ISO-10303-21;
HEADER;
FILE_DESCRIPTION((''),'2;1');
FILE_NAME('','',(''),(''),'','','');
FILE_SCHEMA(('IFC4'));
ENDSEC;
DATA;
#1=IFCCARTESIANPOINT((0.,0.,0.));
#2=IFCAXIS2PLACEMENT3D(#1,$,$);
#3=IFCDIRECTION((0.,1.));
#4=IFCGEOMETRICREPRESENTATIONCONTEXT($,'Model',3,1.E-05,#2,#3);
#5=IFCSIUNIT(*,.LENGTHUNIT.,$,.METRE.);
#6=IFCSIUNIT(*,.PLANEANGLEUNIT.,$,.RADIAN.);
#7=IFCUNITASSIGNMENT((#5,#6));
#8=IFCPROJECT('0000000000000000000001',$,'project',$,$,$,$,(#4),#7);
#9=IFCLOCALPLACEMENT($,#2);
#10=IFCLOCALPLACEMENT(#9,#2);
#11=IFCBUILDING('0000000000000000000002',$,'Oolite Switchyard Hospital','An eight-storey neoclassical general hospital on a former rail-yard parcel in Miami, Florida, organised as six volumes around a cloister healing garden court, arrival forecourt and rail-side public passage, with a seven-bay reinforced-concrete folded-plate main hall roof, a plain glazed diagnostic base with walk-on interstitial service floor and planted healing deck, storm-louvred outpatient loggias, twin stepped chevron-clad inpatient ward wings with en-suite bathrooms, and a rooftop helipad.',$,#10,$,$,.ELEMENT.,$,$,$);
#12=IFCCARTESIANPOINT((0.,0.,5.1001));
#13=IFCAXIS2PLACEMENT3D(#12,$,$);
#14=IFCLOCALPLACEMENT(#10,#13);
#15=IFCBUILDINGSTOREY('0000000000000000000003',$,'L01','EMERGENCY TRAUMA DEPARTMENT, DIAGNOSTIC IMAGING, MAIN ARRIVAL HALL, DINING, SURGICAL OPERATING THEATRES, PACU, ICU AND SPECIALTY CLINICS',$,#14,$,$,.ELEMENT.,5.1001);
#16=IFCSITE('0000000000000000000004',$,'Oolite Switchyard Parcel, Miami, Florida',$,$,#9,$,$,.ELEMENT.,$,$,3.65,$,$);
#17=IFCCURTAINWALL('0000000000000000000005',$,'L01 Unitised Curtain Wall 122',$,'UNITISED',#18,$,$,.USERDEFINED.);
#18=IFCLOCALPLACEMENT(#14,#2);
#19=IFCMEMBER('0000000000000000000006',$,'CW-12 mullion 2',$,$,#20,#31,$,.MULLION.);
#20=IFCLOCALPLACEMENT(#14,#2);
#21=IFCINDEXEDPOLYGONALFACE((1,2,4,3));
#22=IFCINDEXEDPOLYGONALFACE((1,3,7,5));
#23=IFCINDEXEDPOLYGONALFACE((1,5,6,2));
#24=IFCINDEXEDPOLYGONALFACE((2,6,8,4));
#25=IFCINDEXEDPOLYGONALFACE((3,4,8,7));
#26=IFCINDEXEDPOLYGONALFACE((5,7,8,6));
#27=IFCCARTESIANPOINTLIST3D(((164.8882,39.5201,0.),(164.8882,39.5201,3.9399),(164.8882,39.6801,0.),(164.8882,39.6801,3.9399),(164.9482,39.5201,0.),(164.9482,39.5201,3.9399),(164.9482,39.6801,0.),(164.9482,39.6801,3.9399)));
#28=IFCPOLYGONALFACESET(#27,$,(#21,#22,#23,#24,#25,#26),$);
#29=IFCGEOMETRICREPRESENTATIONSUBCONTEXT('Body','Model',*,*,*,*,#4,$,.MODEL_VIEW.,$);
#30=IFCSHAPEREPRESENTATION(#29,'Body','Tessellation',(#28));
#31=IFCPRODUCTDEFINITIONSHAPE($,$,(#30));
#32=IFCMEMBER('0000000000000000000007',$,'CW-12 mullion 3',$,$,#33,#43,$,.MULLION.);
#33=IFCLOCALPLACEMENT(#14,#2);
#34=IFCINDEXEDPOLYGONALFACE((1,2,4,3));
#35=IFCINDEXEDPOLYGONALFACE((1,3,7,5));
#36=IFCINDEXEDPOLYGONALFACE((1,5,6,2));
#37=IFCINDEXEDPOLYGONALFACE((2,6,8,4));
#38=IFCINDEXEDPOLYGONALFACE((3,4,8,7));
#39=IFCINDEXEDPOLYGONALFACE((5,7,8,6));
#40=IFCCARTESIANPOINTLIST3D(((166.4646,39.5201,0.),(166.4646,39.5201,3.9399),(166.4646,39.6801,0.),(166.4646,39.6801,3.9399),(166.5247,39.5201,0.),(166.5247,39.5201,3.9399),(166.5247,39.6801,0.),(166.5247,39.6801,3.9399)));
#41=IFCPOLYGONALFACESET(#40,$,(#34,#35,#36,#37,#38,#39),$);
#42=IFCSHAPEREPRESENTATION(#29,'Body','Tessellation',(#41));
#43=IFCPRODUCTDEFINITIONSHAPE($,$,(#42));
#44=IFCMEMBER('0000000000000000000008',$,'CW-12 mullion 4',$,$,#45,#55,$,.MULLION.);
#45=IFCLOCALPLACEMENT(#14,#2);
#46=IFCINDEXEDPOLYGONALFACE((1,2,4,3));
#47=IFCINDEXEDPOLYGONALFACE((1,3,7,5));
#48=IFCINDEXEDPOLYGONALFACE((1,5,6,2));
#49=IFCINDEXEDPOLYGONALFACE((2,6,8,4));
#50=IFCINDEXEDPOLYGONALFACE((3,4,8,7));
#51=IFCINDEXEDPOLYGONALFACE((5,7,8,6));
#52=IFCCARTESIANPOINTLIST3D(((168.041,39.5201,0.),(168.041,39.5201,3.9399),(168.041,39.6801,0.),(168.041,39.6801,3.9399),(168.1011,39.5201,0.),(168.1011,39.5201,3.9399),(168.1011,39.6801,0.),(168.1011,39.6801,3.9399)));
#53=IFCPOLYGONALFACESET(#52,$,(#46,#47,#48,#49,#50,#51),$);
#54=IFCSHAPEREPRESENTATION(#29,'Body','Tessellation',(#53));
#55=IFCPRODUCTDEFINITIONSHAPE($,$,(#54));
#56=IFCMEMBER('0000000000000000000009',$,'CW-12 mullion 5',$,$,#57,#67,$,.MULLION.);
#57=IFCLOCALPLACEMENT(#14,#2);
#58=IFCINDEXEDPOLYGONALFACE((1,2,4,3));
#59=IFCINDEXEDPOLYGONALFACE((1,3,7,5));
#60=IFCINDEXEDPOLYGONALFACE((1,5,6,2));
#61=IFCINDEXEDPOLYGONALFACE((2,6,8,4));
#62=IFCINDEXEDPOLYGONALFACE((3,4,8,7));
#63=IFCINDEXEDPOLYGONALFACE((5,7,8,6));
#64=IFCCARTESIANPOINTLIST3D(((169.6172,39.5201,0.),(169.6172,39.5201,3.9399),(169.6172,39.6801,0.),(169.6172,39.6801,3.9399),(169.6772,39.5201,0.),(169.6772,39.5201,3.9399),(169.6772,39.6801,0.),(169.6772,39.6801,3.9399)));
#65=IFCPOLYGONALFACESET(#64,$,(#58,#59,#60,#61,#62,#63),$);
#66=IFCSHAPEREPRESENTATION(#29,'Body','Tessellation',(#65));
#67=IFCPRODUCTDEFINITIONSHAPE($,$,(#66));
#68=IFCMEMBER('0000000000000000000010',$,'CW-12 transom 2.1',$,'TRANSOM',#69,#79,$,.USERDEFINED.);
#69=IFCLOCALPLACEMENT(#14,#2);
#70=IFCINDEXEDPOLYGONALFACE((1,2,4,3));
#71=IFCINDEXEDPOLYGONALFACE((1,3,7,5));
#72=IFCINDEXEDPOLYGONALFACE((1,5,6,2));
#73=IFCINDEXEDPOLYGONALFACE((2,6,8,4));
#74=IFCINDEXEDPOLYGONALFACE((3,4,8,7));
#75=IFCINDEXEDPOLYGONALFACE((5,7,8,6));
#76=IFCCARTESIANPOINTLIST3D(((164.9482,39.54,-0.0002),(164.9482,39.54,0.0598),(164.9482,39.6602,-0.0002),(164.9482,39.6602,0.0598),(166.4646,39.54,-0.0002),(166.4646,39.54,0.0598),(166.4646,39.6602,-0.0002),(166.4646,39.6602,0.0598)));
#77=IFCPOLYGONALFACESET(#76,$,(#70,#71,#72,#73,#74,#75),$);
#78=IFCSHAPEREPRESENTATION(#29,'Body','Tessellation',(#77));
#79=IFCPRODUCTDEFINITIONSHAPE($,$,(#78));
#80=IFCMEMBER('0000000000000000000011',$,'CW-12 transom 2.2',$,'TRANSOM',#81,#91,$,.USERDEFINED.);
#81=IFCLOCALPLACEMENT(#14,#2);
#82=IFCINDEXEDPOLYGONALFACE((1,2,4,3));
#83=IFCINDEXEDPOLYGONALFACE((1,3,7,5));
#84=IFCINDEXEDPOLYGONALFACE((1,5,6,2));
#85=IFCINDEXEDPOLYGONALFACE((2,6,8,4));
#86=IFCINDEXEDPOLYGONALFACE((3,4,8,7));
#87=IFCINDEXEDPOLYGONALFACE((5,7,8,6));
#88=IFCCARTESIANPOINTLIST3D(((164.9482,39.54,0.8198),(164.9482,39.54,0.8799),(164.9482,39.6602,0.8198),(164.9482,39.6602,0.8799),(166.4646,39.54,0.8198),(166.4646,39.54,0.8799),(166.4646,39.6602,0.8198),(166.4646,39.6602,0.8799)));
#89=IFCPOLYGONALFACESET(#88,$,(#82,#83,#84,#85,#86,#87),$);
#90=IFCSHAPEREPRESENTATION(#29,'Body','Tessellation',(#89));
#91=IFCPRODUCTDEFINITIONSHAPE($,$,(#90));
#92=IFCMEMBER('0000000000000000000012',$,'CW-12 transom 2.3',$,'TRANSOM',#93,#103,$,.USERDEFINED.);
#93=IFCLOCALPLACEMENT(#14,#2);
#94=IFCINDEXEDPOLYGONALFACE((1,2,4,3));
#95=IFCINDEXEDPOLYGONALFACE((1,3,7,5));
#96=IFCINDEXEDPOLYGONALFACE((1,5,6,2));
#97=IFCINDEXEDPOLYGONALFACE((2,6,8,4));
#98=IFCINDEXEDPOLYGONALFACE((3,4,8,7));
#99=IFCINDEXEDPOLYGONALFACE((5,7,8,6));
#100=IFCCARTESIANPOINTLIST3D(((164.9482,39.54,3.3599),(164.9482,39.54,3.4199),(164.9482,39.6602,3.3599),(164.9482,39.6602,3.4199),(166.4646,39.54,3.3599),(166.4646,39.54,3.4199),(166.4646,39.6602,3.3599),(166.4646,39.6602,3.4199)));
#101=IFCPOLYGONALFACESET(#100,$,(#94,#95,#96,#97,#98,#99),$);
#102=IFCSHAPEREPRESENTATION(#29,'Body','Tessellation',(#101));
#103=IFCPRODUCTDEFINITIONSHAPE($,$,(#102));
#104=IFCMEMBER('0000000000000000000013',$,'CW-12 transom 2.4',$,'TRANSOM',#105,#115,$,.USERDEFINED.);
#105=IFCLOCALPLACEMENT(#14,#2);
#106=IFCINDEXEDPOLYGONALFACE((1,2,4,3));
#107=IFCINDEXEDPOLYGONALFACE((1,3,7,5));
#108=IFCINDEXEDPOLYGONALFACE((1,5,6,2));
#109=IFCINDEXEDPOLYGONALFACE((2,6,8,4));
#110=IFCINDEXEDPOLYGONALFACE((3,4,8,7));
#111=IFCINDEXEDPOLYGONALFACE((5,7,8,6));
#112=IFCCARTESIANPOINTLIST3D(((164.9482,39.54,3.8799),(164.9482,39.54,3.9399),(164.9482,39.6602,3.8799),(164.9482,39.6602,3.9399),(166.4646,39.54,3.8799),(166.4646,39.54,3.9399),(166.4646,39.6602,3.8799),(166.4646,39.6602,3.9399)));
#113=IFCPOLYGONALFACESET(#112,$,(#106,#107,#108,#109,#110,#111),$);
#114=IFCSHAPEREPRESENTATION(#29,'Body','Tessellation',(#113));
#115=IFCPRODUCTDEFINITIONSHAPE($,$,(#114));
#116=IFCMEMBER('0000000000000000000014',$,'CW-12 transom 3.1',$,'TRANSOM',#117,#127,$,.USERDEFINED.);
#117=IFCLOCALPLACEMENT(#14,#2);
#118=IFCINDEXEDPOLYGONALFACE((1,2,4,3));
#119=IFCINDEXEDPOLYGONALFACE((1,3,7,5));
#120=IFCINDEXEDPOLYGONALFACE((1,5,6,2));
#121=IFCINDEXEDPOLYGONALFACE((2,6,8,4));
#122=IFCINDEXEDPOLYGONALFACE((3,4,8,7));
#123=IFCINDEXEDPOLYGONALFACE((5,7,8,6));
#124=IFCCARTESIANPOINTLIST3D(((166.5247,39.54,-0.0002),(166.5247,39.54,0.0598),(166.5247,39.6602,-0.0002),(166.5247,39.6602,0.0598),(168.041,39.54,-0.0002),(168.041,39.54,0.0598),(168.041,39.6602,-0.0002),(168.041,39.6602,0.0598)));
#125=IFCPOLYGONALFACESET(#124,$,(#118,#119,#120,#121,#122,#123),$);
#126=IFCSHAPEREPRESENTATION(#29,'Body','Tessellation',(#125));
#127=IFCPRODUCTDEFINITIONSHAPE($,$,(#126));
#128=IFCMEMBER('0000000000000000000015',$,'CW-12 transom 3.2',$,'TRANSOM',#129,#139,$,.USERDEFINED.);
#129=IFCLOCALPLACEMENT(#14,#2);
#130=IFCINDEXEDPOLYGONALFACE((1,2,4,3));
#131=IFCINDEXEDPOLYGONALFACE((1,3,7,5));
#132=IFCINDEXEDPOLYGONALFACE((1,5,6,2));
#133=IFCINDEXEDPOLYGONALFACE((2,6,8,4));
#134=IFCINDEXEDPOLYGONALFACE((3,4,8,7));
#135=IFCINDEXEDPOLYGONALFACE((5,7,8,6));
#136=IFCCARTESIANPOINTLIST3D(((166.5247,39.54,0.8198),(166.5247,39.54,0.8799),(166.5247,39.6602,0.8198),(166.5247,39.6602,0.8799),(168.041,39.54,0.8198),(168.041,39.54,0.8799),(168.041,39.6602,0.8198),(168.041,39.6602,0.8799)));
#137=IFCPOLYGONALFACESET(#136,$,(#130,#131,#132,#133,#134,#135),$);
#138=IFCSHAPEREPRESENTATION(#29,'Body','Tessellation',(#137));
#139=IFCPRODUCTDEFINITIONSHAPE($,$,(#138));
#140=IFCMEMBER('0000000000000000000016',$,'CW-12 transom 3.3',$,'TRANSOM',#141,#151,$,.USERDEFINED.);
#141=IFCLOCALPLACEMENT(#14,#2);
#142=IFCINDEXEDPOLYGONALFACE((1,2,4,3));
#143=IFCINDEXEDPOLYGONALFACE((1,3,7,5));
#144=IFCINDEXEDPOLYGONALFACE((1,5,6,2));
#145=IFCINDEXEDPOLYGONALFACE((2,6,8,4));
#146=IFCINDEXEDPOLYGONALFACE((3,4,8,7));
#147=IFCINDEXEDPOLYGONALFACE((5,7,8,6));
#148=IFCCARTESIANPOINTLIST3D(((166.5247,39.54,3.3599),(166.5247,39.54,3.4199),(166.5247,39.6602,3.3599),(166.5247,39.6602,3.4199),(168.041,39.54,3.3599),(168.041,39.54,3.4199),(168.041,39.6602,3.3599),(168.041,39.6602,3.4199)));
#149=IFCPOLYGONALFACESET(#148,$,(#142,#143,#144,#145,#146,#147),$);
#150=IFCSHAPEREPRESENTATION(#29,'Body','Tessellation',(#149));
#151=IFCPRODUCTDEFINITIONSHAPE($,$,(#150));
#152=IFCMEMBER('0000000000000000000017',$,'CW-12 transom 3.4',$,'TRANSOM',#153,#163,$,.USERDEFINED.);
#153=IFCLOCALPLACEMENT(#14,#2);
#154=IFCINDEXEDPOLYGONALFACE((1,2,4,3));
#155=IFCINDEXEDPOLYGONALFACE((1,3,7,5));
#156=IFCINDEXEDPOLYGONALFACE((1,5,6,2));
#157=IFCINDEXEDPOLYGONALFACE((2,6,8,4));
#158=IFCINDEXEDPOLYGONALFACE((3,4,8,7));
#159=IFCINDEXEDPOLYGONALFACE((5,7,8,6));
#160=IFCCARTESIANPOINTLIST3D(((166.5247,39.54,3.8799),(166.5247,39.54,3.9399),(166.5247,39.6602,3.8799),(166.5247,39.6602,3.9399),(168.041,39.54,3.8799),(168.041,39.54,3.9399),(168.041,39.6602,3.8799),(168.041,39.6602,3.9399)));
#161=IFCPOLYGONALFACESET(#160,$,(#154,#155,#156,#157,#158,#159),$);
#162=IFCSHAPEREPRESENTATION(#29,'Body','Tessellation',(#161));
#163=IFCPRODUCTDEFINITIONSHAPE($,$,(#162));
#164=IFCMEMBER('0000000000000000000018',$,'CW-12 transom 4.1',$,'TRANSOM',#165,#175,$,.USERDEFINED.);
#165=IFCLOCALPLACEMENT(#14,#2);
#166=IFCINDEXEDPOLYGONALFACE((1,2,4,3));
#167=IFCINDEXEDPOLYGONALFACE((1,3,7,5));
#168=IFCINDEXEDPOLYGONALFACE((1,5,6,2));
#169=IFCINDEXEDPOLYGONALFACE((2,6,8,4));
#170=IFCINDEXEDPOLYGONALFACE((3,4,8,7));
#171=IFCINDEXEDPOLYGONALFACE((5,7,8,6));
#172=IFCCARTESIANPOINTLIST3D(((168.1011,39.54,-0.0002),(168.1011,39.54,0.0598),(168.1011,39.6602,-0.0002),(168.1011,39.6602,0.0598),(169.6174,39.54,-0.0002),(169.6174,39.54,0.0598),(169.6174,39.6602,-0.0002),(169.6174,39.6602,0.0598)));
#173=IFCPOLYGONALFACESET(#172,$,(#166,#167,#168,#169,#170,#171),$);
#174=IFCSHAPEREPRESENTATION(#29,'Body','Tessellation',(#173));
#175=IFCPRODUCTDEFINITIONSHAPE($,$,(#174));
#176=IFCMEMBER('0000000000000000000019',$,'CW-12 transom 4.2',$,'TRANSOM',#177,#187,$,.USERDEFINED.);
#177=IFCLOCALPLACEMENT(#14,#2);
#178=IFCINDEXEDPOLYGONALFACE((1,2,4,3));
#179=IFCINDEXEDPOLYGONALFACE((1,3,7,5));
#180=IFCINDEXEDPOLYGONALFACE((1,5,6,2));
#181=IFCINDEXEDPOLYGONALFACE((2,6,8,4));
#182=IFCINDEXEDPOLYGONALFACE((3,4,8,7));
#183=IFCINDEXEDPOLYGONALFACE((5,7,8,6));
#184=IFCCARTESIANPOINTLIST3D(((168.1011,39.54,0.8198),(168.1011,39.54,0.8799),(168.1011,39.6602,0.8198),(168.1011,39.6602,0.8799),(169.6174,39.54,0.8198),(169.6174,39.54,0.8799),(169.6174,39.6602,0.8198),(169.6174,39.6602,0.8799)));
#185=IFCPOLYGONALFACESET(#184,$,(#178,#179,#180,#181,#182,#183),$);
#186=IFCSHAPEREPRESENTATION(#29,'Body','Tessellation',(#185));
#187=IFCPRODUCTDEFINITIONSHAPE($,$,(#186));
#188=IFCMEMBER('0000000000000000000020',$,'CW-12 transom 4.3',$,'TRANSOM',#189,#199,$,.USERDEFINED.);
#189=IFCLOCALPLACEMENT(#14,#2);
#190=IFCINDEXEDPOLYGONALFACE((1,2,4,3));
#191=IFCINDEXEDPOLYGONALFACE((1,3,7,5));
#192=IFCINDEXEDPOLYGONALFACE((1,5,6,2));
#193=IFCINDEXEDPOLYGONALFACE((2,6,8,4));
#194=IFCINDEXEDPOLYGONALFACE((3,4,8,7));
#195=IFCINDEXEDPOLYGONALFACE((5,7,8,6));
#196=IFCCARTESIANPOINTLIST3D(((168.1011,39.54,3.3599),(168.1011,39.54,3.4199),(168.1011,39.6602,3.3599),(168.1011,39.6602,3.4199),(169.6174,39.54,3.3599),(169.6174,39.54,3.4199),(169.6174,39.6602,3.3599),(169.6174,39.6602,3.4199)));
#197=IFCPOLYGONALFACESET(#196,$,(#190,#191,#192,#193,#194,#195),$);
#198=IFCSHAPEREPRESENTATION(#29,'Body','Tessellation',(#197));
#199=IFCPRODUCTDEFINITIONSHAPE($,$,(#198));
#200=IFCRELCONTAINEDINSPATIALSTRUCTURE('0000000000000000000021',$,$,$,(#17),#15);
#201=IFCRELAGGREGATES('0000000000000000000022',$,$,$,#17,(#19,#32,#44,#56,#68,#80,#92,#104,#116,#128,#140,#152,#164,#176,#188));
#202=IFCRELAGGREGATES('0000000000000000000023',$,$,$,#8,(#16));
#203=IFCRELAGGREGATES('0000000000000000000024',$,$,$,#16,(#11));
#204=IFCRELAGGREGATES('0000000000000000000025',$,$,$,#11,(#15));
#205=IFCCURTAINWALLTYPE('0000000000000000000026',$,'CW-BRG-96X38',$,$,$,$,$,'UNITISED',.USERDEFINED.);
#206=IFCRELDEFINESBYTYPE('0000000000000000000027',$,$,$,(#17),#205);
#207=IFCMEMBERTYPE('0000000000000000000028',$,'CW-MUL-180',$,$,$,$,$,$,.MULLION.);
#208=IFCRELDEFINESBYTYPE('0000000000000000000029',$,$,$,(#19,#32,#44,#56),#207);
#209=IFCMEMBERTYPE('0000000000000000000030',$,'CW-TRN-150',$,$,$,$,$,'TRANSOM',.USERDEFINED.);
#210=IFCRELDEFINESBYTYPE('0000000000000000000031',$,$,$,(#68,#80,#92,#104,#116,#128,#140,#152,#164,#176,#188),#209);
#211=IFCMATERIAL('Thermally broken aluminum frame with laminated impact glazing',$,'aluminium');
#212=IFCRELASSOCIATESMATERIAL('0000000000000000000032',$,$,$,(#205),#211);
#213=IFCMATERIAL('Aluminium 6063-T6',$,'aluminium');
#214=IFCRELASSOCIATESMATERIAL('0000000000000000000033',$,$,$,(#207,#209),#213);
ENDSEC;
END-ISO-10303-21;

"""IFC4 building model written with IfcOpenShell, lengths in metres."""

from ifc_helpers import new_model, si_unit, direction, frame, origin, origin_2d, place, context, subcontext, project, spatial, rectangle, extrude, material, material_profile, profile_set, type_object, element, aggregate, save


model = new_model("IFC4")

# Units and contexts
model_context = context("Model", 3, precision=1e-05, world=origin(), true_north=direction((0.0, 1.0)))
body_context = subcontext(model_context, "Body", "Model", "MODEL_VIEW")
ifc_project = project(units=[si_unit("LENGTHUNIT", "METRE"), si_unit("PLANEANGLEUNIT", "RADIAN")], contexts=[model_context])

# Site, building, storey
site_placement = place(None, origin())
site = spatial("IfcSite", under=ifc_project, at=site_placement, Name="Oolite Switchyard Parcel, Miami, Florida", CompositionType="ELEMENT", RefElevation=3.65)
building_placement = place(site_placement, origin())
building = spatial("IfcBuilding", under=site, at=building_placement, Name="Oolite Switchyard Hospital", Description="An eight-storey neoclassical general hospital on a former rail-yard parcel in Miami, Florida, organised as six volumes around a cloister healing garden court, arrival forecourt and rail-side public passage, with a seven-bay reinforced-concrete folded-plate main hall roof, a plain glazed diagnostic base with walk-on interstitial service floor and planted healing deck, storm-louvred outpatient loggias, twin stepped chevron-clad inpatient ward wings with en-suite bathrooms, and a rooftop helipad.", CompositionType="ELEMENT")
storey_placement = place(building_placement, frame((0.0, 0.0, 5.1001)))
storey = spatial("IfcBuildingStorey", under=building, at=storey_placement, Name="L01", Description="EMERGENCY TRAUMA DEPARTMENT, DIAGNOSTIC IMAGING, MAIN ARRIVAL HALL, DINING, SURGICAL OPERATING THEATRES, PACU, ICU AND SPECIALTY CLINICS", CompositionType="ELEMENT", Elevation=5.1001)

# Curtain wall, members
ifc_material_1 = material(Name="Thermally broken aluminum frame with laminated impact glazing", Category="aluminium")
curtain_wall_type = type_object("IfcCurtainWallType", Name="CW-BRG-96X38", ElementType="UNITISED", PredefinedType="USERDEFINED", material=ifc_material_1)
curtain_wall_placement = place(storey_placement, origin())
curtain_wall = element("IfcCurtainWall", 1, at=curtain_wall_placement, inside=storey, type_object=curtain_wall_type, Name="L01 Unitised Curtain Wall 122", ObjectType="UNITISED", PredefinedType="USERDEFINED")
ifc_material_2 = material(Name="Aluminium 6063-T6", Category="aluminium")
ifc_material_profile_1 = material_profile(ifc_material_2, rectangle(XDim=0.1599, YDim=0.0601, at=origin_2d()), Name="CWM60X160")
ifc_profile_set_1 = profile_set([ifc_material_profile_1], Name="Aluminium 6063-T6")
member_type_1 = type_object("IfcMemberType", Name="CW-MUL-180", PredefinedType="MULLION", material=ifc_profile_set_1)
member_1_placement = place(storey_placement, frame((164.9182, 39.6001, 0.0), z_axis=(0.0, 0.0, 1.0), x_axis=(0.0, 1.0, 0.0)))
member_1 = element("IfcMember", 2, at=member_1_placement, type_object=member_type_1, Name="CW-12 mullion 2", PredefinedType="MULLION", context=body_context, shape_type="SweptSolid", body=[
    extrude(rectangle(XDim=0.1599, YDim=0.0601, at=origin_2d()), origin(), (0.0, 0.0, 1.0), 3.9399),
])
member_2_placement = place(storey_placement, frame((166.4946, 39.6001, 0.0), z_axis=(0.0, 0.0, 1.0), x_axis=(0.0, 1.0, 0.0)))
member_2 = element("IfcMember", 3, at=member_2_placement, type_object=member_type_1, Name="CW-12 mullion 3", PredefinedType="MULLION", context=body_context, shape_type="SweptSolid", body=[
    extrude(rectangle(XDim=0.1599, YDim=0.0601, at=origin_2d()), origin(), (0.0, 0.0, 1.0), 3.9399),
])
member_3_placement = place(storey_placement, frame((168.071, 39.6001, 0.0), z_axis=(0.0, 0.0, 1.0), x_axis=(0.0, 1.0, 0.0)))
member_3 = element("IfcMember", 4, at=member_3_placement, type_object=member_type_1, Name="CW-12 mullion 4", PredefinedType="MULLION", context=body_context, shape_type="SweptSolid", body=[
    extrude(rectangle(XDim=0.1599, YDim=0.0601, at=origin_2d()), origin(), (0.0, 0.0, 1.0), 3.9399),
])
member_4_placement = place(storey_placement, frame((169.6472, 39.6001, 0.0), z_axis=(0.0, 0.0, 1.0), x_axis=(0.0, 1.0, 0.0)))
member_4 = element("IfcMember", 5, at=member_4_placement, type_object=member_type_1, Name="CW-12 mullion 5", PredefinedType="MULLION", context=body_context, shape_type="SweptSolid", body=[
    extrude(rectangle(XDim=0.1599, YDim=0.0601, at=origin_2d()), origin(), (0.0, 0.0, 1.0), 3.9399),
])
ifc_material_profile_2 = material_profile(ifc_material_2, rectangle(XDim=0.1201, YDim=0.0601, at=origin_2d()), Name="CWT60X120")
ifc_profile_set_2 = profile_set([ifc_material_profile_2], Name="Aluminium 6063-T6")
member_type_2 = type_object("IfcMemberType", Name="CW-TRN-150", ElementType="TRANSOM", PredefinedType="USERDEFINED", material=ifc_profile_set_2)
member_5_placement = place(storey_placement, frame((164.9482, 39.6001, 0.0298), z_axis=(1.0, 0.0, 0.0), x_axis=(0.0, 1.0, 0.0)))
member_5 = element("IfcMember", 6, at=member_5_placement, type_object=member_type_2, Name="CW-12 transom 2.1", ObjectType="TRANSOM", PredefinedType="USERDEFINED", context=body_context, shape_type="SweptSolid", body=[
    extrude(rectangle(XDim=0.1201, YDim=0.0601, at=origin_2d()), origin(), (0.0, 0.0, 1.0), 1.5164),
])
member_6_placement = place(storey_placement, frame((164.9482, 39.6001, 0.8499), z_axis=(1.0, 0.0, 0.0), x_axis=(0.0, 1.0, 0.0)))
member_6 = element("IfcMember", 7, at=member_6_placement, type_object=member_type_2, Name="CW-12 transom 2.2", ObjectType="TRANSOM", PredefinedType="USERDEFINED", context=body_context, shape_type="SweptSolid", body=[
    extrude(rectangle(XDim=0.1201, YDim=0.0601, at=origin_2d()), origin(), (0.0, 0.0, 1.0), 1.5164),
])
member_7_placement = place(storey_placement, frame((164.9482, 39.6001, 3.3899), z_axis=(1.0, 0.0, 0.0), x_axis=(0.0, 1.0, 0.0)))
member_7 = element("IfcMember", 8, at=member_7_placement, type_object=member_type_2, Name="CW-12 transom 2.3", ObjectType="TRANSOM", PredefinedType="USERDEFINED", context=body_context, shape_type="SweptSolid", body=[
    extrude(rectangle(XDim=0.1201, YDim=0.0601, at=origin_2d()), origin(), (0.0, 0.0, 1.0), 1.5164),
])
member_8_placement = place(storey_placement, frame((164.9482, 39.6001, 3.9099), z_axis=(1.0, 0.0, 0.0), x_axis=(0.0, 1.0, 0.0)))
member_8 = element("IfcMember", 9, at=member_8_placement, type_object=member_type_2, Name="CW-12 transom 2.4", ObjectType="TRANSOM", PredefinedType="USERDEFINED", context=body_context, shape_type="SweptSolid", body=[
    extrude(rectangle(XDim=0.1201, YDim=0.0601, at=origin_2d()), origin(), (0.0, 0.0, 1.0), 1.5164),
])
member_9_placement = place(storey_placement, frame((166.5247, 39.6001, 0.0298), z_axis=(1.0, 0.0, 0.0), x_axis=(0.0, 1.0, 0.0)))
member_9 = element("IfcMember", 10, at=member_9_placement, type_object=member_type_2, Name="CW-12 transom 3.1", ObjectType="TRANSOM", PredefinedType="USERDEFINED", context=body_context, shape_type="SweptSolid", body=[
    extrude(rectangle(XDim=0.1201, YDim=0.0601, at=origin_2d()), origin(), (0.0, 0.0, 1.0), 1.5164),
])
member_10_placement = place(storey_placement, frame((166.5247, 39.6001, 0.8499), z_axis=(1.0, 0.0, 0.0), x_axis=(0.0, 1.0, 0.0)))
member_10 = element("IfcMember", 11, at=member_10_placement, type_object=member_type_2, Name="CW-12 transom 3.2", ObjectType="TRANSOM", PredefinedType="USERDEFINED", context=body_context, shape_type="SweptSolid", body=[
    extrude(rectangle(XDim=0.1201, YDim=0.0601, at=origin_2d()), origin(), (0.0, 0.0, 1.0), 1.5164),
])
member_11_placement = place(storey_placement, frame((166.5247, 39.6001, 3.3899), z_axis=(1.0, 0.0, 0.0), x_axis=(0.0, 1.0, 0.0)))
member_11 = element("IfcMember", 12, at=member_11_placement, type_object=member_type_2, Name="CW-12 transom 3.3", ObjectType="TRANSOM", PredefinedType="USERDEFINED", context=body_context, shape_type="SweptSolid", body=[
    extrude(rectangle(XDim=0.1201, YDim=0.0601, at=origin_2d()), origin(), (0.0, 0.0, 1.0), 1.5164),
])
member_12_placement = place(storey_placement, frame((166.5247, 39.6001, 3.9099), z_axis=(1.0, 0.0, 0.0), x_axis=(0.0, 1.0, 0.0)))
member_12 = element("IfcMember", 13, at=member_12_placement, type_object=member_type_2, Name="CW-12 transom 3.4", ObjectType="TRANSOM", PredefinedType="USERDEFINED", context=body_context, shape_type="SweptSolid", body=[
    extrude(rectangle(XDim=0.1201, YDim=0.0601, at=origin_2d()), origin(), (0.0, 0.0, 1.0), 1.5164),
])
member_13_placement = place(storey_placement, frame((168.1011, 39.6001, 0.0298), z_axis=(1.0, 0.0, 0.0), x_axis=(0.0, 1.0, 0.0)))
member_13 = element("IfcMember", 14, at=member_13_placement, type_object=member_type_2, Name="CW-12 transom 4.1", ObjectType="TRANSOM", PredefinedType="USERDEFINED", context=body_context, shape_type="SweptSolid", body=[
    extrude(rectangle(XDim=0.1201, YDim=0.0601, at=origin_2d()), origin(), (0.0, 0.0, 1.0), 1.5164),
])
member_14_placement = place(storey_placement, frame((168.1011, 39.6001, 0.8499), z_axis=(1.0, 0.0, 0.0), x_axis=(0.0, 1.0, 0.0)))
member_14 = element("IfcMember", 15, at=member_14_placement, type_object=member_type_2, Name="CW-12 transom 4.2", ObjectType="TRANSOM", PredefinedType="USERDEFINED", context=body_context, shape_type="SweptSolid", body=[
    extrude(rectangle(XDim=0.1201, YDim=0.0601, at=origin_2d()), origin(), (0.0, 0.0, 1.0), 1.5164),
])
member_15_placement = place(storey_placement, frame((168.1011, 39.6001, 3.3899), z_axis=(1.0, 0.0, 0.0), x_axis=(0.0, 1.0, 0.0)))
member_15 = element("IfcMember", 16, at=member_15_placement, type_object=member_type_2, Name="CW-12 transom 4.3", ObjectType="TRANSOM", PredefinedType="USERDEFINED", context=body_context, shape_type="SweptSolid", body=[
    extrude(rectangle(XDim=0.1201, YDim=0.0601, at=origin_2d()), origin(), (0.0, 0.0, 1.0), 1.5164),
])
aggregate(curtain_wall, [member_1, member_2, member_3, member_4, member_5, member_6, member_7, member_8, member_9, member_10, member_11, member_12, member_13, member_14, member_15])

save(model, "model.ifc")
